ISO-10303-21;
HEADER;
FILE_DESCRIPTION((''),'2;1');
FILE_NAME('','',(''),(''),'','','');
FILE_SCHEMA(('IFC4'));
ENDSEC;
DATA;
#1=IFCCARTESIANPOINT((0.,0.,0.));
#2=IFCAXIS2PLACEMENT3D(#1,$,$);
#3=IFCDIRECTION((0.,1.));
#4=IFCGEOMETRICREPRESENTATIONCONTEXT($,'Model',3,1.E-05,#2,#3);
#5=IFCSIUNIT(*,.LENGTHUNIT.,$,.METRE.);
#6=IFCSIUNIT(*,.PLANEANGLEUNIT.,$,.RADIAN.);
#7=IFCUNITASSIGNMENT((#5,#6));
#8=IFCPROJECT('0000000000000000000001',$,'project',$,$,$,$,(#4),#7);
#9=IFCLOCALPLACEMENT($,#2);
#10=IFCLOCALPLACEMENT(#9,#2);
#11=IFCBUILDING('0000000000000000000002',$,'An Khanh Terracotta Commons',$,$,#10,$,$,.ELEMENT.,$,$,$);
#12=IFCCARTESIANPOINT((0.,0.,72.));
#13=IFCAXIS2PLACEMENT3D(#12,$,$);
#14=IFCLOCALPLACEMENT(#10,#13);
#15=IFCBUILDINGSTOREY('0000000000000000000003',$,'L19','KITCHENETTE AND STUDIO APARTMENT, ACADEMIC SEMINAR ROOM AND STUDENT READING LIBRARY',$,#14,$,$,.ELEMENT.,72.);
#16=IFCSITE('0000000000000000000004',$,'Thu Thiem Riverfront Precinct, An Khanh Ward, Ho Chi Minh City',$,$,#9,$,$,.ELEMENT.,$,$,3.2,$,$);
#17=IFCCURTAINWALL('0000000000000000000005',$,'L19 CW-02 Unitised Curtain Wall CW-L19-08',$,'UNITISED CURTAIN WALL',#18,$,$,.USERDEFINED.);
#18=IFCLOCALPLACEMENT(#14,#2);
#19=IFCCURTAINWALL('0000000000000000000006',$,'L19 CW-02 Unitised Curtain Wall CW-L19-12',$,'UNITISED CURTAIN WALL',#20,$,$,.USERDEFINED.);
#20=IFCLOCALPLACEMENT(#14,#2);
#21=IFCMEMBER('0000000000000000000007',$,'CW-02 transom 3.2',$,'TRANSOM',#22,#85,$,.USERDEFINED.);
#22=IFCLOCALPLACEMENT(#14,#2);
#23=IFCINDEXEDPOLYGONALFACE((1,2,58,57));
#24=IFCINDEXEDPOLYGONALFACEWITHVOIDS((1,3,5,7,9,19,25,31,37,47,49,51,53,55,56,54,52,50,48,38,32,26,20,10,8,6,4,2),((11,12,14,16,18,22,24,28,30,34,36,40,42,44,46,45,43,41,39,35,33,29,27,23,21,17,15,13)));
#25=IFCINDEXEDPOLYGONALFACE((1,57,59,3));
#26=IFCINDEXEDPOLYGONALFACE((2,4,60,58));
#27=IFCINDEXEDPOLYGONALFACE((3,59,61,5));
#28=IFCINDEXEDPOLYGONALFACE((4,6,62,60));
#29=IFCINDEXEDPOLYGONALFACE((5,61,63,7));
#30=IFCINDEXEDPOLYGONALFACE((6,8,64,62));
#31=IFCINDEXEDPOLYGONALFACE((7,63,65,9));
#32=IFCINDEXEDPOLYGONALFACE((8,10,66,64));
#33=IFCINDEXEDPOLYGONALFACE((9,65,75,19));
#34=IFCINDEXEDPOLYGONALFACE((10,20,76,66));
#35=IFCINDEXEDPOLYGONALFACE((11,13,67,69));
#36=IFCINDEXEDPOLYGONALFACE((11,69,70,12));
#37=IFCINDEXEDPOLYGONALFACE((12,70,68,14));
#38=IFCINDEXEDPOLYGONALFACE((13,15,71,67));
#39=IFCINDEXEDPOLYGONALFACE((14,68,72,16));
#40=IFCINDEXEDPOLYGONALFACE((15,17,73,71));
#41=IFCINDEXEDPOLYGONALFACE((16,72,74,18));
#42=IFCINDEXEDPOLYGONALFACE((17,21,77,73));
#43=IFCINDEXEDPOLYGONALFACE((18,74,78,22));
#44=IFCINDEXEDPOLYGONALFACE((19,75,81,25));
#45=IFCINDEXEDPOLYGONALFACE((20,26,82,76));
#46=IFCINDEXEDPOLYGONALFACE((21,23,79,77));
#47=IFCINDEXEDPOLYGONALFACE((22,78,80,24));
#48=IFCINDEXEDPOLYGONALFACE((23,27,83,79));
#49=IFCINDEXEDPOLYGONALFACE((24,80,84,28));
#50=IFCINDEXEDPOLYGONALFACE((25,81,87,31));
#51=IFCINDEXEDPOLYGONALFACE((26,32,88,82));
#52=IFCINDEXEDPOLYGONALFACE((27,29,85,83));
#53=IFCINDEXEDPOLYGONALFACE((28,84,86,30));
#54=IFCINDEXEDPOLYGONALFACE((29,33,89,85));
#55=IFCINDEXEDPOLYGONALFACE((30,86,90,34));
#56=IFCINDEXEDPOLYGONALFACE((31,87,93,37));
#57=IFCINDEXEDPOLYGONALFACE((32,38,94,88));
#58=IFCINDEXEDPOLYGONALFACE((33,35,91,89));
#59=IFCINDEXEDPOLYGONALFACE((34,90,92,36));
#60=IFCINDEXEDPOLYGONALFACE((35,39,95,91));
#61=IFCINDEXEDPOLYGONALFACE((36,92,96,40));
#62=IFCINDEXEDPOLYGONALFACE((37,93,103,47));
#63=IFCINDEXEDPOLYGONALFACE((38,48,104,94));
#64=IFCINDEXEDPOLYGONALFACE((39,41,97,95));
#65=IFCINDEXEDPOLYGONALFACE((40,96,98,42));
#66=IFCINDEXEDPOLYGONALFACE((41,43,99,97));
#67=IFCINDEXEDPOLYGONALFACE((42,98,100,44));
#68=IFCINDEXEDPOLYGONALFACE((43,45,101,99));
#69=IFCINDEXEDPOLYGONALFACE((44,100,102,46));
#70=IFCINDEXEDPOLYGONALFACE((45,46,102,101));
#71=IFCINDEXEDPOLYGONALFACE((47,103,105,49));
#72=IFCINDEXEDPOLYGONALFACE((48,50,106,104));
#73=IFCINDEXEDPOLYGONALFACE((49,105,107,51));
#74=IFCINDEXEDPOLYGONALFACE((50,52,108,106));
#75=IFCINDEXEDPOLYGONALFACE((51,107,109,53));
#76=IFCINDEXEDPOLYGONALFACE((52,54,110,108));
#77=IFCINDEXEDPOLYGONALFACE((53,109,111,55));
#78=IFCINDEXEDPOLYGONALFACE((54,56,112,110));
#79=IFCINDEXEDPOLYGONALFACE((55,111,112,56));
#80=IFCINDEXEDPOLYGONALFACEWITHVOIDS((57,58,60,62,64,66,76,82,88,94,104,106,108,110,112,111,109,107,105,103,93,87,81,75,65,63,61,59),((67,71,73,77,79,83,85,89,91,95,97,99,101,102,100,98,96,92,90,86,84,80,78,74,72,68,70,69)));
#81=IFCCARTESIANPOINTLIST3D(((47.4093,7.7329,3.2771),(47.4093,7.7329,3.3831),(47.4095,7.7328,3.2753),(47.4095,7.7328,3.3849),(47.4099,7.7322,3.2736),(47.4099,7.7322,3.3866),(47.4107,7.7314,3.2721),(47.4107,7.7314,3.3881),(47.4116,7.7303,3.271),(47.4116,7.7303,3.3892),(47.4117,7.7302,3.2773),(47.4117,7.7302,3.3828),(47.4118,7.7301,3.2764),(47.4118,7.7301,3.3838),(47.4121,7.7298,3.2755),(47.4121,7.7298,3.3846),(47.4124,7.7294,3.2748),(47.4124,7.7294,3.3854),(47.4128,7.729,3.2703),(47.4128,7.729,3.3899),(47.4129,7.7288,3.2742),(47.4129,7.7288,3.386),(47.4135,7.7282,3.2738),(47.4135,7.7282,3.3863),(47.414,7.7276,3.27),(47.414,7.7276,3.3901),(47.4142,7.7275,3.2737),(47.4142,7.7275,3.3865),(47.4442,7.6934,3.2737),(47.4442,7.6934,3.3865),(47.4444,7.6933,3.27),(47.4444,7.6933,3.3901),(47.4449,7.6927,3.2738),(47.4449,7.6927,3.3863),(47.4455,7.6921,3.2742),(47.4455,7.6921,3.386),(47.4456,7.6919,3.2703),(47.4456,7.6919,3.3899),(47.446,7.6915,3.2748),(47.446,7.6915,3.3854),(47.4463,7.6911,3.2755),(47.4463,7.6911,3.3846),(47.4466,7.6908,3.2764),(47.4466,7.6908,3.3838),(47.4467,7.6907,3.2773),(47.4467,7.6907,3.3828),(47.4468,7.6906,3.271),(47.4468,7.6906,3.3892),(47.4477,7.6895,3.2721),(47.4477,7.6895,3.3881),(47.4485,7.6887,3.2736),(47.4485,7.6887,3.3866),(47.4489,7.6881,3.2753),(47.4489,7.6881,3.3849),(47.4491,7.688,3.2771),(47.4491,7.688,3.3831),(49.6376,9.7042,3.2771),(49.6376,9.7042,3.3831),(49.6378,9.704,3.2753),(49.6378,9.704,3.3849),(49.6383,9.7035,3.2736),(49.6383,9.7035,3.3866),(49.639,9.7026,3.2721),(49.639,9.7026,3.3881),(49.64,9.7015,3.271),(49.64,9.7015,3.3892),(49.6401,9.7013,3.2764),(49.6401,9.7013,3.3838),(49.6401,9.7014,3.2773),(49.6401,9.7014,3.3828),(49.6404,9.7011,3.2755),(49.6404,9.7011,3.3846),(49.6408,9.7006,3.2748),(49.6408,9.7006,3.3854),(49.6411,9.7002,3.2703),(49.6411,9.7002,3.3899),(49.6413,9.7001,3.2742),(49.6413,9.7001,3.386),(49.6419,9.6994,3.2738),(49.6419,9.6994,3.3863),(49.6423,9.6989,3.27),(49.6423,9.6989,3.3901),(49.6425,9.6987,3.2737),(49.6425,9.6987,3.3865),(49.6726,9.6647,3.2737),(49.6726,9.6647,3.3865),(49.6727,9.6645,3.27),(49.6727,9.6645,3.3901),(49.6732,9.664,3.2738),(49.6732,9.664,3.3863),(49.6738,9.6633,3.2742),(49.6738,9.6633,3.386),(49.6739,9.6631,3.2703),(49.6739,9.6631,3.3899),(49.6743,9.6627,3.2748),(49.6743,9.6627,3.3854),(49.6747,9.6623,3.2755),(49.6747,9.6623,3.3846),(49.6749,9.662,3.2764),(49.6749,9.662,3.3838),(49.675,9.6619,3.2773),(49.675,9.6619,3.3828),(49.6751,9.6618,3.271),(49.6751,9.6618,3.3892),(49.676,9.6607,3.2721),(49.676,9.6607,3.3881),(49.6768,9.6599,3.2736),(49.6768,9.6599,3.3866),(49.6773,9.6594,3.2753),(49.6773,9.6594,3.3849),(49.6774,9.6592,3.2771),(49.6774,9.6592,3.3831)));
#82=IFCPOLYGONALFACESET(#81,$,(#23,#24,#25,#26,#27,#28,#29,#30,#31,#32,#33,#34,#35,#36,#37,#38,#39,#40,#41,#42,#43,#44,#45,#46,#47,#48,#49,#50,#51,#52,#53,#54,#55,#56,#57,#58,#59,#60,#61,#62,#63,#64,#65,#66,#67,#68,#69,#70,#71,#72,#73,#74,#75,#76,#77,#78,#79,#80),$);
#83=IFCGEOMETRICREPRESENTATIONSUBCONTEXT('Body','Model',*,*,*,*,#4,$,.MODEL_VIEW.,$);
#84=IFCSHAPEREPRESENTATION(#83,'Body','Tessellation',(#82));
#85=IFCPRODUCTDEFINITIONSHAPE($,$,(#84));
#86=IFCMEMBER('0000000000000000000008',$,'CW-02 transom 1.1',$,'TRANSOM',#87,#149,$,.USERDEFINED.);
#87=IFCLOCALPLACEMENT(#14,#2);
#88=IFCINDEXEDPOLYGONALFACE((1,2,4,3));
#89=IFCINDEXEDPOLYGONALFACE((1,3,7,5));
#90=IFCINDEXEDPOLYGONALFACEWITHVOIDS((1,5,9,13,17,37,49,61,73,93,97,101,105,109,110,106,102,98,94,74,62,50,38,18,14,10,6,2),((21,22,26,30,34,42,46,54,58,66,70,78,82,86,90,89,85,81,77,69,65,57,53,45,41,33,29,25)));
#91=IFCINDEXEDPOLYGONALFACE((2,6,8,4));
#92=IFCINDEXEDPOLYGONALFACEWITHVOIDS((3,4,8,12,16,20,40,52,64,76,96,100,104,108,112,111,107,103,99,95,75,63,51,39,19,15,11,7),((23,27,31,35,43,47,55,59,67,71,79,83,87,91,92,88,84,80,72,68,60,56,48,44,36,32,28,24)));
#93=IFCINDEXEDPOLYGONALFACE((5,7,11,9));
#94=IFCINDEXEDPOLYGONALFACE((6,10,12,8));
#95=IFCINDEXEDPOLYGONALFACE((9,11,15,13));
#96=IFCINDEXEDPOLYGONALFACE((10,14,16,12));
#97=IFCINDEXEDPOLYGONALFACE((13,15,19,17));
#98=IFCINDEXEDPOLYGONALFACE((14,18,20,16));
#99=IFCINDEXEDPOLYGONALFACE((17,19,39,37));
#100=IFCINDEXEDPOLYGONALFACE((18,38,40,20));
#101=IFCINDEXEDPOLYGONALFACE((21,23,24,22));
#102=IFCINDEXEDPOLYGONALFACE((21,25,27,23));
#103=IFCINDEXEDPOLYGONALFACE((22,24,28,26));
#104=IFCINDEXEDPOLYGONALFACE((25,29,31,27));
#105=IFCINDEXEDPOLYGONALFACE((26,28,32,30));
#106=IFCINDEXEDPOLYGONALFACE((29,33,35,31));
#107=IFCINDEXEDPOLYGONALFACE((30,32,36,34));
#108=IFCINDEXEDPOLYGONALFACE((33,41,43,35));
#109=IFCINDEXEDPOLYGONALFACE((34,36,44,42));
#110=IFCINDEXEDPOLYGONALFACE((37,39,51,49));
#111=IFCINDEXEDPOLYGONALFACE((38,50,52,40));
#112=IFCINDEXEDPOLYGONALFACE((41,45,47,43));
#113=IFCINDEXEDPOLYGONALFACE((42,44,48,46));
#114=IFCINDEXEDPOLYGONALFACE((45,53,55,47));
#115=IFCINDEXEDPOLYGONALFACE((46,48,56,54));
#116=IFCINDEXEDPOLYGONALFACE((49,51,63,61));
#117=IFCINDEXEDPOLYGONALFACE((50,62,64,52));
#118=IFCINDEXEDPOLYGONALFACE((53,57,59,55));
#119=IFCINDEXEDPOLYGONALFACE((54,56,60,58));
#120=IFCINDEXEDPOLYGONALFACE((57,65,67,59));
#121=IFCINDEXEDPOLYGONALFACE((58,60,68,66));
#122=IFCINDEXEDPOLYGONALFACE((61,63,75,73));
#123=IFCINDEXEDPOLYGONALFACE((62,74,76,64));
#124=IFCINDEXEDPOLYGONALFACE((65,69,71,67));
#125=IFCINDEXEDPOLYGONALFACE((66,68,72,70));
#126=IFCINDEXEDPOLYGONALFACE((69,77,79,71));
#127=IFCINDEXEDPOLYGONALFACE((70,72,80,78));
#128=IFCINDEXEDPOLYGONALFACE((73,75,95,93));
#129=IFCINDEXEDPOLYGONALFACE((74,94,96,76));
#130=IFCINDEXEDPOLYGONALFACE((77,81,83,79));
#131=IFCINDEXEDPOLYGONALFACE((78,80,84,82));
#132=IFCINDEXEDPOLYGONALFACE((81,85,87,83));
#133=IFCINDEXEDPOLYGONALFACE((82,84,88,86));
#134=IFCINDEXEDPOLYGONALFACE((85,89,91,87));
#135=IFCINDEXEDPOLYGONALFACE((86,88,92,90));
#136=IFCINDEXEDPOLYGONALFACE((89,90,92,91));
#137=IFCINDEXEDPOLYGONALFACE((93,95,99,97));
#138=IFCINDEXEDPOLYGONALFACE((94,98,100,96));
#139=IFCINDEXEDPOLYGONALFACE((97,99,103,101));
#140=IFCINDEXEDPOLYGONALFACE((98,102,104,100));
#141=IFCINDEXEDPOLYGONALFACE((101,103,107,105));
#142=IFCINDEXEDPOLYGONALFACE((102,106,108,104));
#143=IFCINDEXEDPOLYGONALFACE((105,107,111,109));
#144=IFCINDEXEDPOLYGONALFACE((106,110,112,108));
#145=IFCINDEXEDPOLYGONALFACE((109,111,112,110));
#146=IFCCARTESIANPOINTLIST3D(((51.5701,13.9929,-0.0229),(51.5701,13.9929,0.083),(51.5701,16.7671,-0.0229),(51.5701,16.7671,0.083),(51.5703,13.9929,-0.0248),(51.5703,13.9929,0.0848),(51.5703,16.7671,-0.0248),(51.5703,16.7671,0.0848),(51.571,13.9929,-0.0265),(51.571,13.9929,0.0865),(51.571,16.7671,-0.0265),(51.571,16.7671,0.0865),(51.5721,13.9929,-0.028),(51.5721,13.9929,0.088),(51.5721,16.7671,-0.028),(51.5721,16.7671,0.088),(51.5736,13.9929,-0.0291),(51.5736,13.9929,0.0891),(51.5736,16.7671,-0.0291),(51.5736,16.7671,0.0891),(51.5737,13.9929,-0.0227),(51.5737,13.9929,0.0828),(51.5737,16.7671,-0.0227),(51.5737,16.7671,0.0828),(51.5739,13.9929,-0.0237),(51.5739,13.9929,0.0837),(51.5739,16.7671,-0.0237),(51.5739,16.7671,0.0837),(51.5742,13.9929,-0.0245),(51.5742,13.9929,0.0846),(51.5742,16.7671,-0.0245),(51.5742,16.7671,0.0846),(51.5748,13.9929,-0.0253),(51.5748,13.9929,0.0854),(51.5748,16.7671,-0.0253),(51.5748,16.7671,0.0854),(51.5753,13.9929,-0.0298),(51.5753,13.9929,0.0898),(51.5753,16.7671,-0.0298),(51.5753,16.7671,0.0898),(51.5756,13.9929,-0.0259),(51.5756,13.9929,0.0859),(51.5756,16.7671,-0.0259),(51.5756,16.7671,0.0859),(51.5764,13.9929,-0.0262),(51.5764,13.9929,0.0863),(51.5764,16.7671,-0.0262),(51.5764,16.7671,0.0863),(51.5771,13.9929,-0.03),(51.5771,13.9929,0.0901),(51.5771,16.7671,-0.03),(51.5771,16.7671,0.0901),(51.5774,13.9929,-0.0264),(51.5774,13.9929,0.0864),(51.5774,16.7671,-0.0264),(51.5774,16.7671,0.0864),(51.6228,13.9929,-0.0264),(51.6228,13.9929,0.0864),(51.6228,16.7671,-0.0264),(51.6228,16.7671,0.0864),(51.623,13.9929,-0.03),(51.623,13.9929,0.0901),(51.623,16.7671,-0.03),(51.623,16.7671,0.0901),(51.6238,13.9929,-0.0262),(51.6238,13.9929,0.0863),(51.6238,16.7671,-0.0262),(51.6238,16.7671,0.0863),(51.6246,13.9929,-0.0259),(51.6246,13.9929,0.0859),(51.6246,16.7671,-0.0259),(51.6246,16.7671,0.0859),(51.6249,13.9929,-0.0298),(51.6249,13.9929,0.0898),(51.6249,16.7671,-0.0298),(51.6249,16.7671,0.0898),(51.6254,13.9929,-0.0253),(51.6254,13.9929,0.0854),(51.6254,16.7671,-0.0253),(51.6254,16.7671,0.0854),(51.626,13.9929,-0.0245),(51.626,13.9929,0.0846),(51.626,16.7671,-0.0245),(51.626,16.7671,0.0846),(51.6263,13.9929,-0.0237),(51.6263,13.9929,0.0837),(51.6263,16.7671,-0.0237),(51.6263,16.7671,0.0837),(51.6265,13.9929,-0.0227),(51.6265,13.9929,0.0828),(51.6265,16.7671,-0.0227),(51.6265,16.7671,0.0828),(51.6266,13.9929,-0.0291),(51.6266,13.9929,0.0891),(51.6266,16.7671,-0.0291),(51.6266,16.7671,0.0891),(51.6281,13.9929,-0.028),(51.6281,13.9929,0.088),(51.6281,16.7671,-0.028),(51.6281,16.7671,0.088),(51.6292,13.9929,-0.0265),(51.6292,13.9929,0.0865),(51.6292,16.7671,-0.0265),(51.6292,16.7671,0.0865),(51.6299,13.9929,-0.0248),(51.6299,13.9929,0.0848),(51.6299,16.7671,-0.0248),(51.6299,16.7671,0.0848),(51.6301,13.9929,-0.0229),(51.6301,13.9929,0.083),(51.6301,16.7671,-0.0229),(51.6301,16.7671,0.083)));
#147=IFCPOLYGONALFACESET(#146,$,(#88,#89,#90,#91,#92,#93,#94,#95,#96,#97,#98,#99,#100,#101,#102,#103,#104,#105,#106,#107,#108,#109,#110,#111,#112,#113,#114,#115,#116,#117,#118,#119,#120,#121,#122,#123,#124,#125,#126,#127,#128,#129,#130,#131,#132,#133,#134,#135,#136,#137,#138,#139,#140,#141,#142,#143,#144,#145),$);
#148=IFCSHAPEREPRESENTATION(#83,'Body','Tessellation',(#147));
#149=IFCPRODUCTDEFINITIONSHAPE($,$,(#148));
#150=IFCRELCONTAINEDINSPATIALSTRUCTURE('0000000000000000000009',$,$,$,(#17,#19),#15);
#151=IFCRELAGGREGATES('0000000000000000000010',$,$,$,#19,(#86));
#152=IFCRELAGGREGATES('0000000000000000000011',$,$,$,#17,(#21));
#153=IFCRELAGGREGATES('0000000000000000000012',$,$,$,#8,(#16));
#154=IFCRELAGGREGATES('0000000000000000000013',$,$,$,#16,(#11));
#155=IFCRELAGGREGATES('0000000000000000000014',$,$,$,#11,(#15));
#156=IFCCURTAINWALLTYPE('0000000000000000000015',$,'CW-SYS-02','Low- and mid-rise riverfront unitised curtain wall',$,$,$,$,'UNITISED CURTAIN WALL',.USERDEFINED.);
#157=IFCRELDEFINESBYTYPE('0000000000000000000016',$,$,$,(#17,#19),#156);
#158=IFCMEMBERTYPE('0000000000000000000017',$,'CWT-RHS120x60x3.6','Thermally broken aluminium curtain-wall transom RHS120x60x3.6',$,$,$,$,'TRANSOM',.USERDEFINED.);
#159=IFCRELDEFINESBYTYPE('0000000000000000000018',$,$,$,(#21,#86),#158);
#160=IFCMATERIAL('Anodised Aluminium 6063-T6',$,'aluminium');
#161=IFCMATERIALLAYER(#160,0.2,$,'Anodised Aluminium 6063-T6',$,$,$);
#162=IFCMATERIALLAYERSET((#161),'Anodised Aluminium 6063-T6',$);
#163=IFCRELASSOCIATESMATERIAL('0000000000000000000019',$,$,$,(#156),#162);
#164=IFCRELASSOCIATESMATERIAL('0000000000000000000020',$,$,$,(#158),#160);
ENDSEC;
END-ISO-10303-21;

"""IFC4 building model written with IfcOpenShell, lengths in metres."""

from ifc_helpers import new_model, si_unit, direction, frame, origin, origin_2d, place, context, subcontext, project, spatial, hollow_rectangle, extrude, material, layer, layer_set, material_profile, profile_set, type_object, element, aggregate, save


model = new_model("IFC4")

# Units and contexts
model_context = context("Model", 3, precision=1e-05, world=origin(), true_north=direction((0.0, 1.0)))
body_context = subcontext(model_context, "Body", "Model", "MODEL_VIEW")
ifc_project = project(units=[si_unit("LENGTHUNIT", "METRE"), si_unit("PLANEANGLEUNIT", "RADIAN")], contexts=[model_context])

# Site, building, storey
site_placement = place(None, origin())
site = spatial("IfcSite", under=ifc_project, at=site_placement, Name="Thu Thiem Riverfront Precinct, An Khanh Ward, Ho Chi Minh City", CompositionType="ELEMENT", RefElevation=3.2)
building_placement = place(site_placement, origin())
building = spatial("IfcBuilding", under=site, at=building_placement, Name="An Khanh Terracotta Commons", CompositionType="ELEMENT")
storey_placement = place(building_placement, frame((0.0, 0.0, 72.0)))
storey = spatial("IfcBuildingStorey", under=building, at=storey_placement, Name="L19", Description="KITCHENETTE AND STUDIO APARTMENT, ACADEMIC SEMINAR ROOM AND STUDENT READING LIBRARY", CompositionType="ELEMENT", Elevation=72.0)

# Curtain wall
ifc_material_1 = material(Name="Anodised Aluminium 6063-T6", Category="aluminium")
ifc_layer_1 = layer(ifc_material_1, 0.2, Name="Anodised Aluminium 6063-T6")
ifc_layer_set_1 = layer_set([ifc_layer_1], Name="Anodised Aluminium 6063-T6")
curtain_wall_type = type_object("IfcCurtainWallType", Name="CW-SYS-02", Description="Low- and mid-rise riverfront unitised curtain wall", ElementType="UNITISED CURTAIN WALL", PredefinedType="USERDEFINED", material=ifc_layer_set_1)
curtain_wall_1_placement = place(storey_placement, origin())
curtain_wall_1 = element("IfcCurtainWall", 1, at=curtain_wall_1_placement, inside=storey, type_object=curtain_wall_type, Name="L19 CW-02 Unitised Curtain Wall CW-L19-08", ObjectType="UNITISED CURTAIN WALL", PredefinedType="USERDEFINED")

# Curtain wall
curtain_wall_2_placement = place(storey_placement, origin())
curtain_wall_2 = element("IfcCurtainWall", 2, at=curtain_wall_2_placement, inside=storey, type_object=curtain_wall_type, Name="L19 CW-02 Unitised Curtain Wall CW-L19-12", ObjectType="UNITISED CURTAIN WALL", PredefinedType="USERDEFINED")

# Members
ifc_material_profile_1 = material_profile(ifc_material_1, hollow_rectangle(XDim=0.0601, YDim=0.1201, WallThickness=0.0037, InnerFilletRadius=0.0037, OuterFilletRadius=0.0071, at=origin_2d()), Name="RHS120x60x3.6")
ifc_profile_set_1 = profile_set([ifc_material_profile_1], Name="Anodised Aluminium 6063-T6")
member_type_1 = type_object("IfcMemberType", Name="CWT-RHS120x60x3.6", Description="Thermally broken aluminium curtain-wall transom RHS120x60x3.6", ElementType="TRANSOM", PredefinedType="USERDEFINED", material=ifc_profile_set_1)
member_1_placement = place(storey_placement, frame((47.4292, 7.7104, 3.3301), z_axis=(0.748992, 0.662579, 0.0), x_axis=(-0.662579, 0.748992, 0.0)))
member_1 = element("IfcMember", 3, at=member_1_placement, type_object=member_type_1, Name="CW-02 transom 3.2", ObjectType="TRANSOM", PredefinedType="USERDEFINED", context=body_context, shape_type="SweptSolid", body=[
    extrude(hollow_rectangle(XDim=0.0601, YDim=0.1201, WallThickness=0.0037, InnerFilletRadius=0.0037, OuterFilletRadius=0.0071, at=origin_2d()), origin(), (0.0, 0.0, 1.0), 2.9751),
])
member_2_placement = place(storey_placement, frame((51.6001, 13.9929, 0.03), z_axis=(0.0, 1.0, 0.0), x_axis=(-1.0, 0.0, 0.0)))
member_2 = element("IfcMember", 4, at=member_2_placement, type_object=member_type_1, Name="CW-02 transom 1.1", ObjectType="TRANSOM", PredefinedType="USERDEFINED", context=body_context, shape_type="SweptSolid", body=[
    extrude(hollow_rectangle(XDim=0.0601, YDim=0.1201, WallThickness=0.0037, InnerFilletRadius=0.0037, OuterFilletRadius=0.0071, at=origin_2d()), origin(), (0.0, 0.0, 1.0), 2.7742),
])
aggregate(curtain_wall_2, [member_2])

aggregate(curtain_wall_1, [member_1])

save(model, "model.ifc")
